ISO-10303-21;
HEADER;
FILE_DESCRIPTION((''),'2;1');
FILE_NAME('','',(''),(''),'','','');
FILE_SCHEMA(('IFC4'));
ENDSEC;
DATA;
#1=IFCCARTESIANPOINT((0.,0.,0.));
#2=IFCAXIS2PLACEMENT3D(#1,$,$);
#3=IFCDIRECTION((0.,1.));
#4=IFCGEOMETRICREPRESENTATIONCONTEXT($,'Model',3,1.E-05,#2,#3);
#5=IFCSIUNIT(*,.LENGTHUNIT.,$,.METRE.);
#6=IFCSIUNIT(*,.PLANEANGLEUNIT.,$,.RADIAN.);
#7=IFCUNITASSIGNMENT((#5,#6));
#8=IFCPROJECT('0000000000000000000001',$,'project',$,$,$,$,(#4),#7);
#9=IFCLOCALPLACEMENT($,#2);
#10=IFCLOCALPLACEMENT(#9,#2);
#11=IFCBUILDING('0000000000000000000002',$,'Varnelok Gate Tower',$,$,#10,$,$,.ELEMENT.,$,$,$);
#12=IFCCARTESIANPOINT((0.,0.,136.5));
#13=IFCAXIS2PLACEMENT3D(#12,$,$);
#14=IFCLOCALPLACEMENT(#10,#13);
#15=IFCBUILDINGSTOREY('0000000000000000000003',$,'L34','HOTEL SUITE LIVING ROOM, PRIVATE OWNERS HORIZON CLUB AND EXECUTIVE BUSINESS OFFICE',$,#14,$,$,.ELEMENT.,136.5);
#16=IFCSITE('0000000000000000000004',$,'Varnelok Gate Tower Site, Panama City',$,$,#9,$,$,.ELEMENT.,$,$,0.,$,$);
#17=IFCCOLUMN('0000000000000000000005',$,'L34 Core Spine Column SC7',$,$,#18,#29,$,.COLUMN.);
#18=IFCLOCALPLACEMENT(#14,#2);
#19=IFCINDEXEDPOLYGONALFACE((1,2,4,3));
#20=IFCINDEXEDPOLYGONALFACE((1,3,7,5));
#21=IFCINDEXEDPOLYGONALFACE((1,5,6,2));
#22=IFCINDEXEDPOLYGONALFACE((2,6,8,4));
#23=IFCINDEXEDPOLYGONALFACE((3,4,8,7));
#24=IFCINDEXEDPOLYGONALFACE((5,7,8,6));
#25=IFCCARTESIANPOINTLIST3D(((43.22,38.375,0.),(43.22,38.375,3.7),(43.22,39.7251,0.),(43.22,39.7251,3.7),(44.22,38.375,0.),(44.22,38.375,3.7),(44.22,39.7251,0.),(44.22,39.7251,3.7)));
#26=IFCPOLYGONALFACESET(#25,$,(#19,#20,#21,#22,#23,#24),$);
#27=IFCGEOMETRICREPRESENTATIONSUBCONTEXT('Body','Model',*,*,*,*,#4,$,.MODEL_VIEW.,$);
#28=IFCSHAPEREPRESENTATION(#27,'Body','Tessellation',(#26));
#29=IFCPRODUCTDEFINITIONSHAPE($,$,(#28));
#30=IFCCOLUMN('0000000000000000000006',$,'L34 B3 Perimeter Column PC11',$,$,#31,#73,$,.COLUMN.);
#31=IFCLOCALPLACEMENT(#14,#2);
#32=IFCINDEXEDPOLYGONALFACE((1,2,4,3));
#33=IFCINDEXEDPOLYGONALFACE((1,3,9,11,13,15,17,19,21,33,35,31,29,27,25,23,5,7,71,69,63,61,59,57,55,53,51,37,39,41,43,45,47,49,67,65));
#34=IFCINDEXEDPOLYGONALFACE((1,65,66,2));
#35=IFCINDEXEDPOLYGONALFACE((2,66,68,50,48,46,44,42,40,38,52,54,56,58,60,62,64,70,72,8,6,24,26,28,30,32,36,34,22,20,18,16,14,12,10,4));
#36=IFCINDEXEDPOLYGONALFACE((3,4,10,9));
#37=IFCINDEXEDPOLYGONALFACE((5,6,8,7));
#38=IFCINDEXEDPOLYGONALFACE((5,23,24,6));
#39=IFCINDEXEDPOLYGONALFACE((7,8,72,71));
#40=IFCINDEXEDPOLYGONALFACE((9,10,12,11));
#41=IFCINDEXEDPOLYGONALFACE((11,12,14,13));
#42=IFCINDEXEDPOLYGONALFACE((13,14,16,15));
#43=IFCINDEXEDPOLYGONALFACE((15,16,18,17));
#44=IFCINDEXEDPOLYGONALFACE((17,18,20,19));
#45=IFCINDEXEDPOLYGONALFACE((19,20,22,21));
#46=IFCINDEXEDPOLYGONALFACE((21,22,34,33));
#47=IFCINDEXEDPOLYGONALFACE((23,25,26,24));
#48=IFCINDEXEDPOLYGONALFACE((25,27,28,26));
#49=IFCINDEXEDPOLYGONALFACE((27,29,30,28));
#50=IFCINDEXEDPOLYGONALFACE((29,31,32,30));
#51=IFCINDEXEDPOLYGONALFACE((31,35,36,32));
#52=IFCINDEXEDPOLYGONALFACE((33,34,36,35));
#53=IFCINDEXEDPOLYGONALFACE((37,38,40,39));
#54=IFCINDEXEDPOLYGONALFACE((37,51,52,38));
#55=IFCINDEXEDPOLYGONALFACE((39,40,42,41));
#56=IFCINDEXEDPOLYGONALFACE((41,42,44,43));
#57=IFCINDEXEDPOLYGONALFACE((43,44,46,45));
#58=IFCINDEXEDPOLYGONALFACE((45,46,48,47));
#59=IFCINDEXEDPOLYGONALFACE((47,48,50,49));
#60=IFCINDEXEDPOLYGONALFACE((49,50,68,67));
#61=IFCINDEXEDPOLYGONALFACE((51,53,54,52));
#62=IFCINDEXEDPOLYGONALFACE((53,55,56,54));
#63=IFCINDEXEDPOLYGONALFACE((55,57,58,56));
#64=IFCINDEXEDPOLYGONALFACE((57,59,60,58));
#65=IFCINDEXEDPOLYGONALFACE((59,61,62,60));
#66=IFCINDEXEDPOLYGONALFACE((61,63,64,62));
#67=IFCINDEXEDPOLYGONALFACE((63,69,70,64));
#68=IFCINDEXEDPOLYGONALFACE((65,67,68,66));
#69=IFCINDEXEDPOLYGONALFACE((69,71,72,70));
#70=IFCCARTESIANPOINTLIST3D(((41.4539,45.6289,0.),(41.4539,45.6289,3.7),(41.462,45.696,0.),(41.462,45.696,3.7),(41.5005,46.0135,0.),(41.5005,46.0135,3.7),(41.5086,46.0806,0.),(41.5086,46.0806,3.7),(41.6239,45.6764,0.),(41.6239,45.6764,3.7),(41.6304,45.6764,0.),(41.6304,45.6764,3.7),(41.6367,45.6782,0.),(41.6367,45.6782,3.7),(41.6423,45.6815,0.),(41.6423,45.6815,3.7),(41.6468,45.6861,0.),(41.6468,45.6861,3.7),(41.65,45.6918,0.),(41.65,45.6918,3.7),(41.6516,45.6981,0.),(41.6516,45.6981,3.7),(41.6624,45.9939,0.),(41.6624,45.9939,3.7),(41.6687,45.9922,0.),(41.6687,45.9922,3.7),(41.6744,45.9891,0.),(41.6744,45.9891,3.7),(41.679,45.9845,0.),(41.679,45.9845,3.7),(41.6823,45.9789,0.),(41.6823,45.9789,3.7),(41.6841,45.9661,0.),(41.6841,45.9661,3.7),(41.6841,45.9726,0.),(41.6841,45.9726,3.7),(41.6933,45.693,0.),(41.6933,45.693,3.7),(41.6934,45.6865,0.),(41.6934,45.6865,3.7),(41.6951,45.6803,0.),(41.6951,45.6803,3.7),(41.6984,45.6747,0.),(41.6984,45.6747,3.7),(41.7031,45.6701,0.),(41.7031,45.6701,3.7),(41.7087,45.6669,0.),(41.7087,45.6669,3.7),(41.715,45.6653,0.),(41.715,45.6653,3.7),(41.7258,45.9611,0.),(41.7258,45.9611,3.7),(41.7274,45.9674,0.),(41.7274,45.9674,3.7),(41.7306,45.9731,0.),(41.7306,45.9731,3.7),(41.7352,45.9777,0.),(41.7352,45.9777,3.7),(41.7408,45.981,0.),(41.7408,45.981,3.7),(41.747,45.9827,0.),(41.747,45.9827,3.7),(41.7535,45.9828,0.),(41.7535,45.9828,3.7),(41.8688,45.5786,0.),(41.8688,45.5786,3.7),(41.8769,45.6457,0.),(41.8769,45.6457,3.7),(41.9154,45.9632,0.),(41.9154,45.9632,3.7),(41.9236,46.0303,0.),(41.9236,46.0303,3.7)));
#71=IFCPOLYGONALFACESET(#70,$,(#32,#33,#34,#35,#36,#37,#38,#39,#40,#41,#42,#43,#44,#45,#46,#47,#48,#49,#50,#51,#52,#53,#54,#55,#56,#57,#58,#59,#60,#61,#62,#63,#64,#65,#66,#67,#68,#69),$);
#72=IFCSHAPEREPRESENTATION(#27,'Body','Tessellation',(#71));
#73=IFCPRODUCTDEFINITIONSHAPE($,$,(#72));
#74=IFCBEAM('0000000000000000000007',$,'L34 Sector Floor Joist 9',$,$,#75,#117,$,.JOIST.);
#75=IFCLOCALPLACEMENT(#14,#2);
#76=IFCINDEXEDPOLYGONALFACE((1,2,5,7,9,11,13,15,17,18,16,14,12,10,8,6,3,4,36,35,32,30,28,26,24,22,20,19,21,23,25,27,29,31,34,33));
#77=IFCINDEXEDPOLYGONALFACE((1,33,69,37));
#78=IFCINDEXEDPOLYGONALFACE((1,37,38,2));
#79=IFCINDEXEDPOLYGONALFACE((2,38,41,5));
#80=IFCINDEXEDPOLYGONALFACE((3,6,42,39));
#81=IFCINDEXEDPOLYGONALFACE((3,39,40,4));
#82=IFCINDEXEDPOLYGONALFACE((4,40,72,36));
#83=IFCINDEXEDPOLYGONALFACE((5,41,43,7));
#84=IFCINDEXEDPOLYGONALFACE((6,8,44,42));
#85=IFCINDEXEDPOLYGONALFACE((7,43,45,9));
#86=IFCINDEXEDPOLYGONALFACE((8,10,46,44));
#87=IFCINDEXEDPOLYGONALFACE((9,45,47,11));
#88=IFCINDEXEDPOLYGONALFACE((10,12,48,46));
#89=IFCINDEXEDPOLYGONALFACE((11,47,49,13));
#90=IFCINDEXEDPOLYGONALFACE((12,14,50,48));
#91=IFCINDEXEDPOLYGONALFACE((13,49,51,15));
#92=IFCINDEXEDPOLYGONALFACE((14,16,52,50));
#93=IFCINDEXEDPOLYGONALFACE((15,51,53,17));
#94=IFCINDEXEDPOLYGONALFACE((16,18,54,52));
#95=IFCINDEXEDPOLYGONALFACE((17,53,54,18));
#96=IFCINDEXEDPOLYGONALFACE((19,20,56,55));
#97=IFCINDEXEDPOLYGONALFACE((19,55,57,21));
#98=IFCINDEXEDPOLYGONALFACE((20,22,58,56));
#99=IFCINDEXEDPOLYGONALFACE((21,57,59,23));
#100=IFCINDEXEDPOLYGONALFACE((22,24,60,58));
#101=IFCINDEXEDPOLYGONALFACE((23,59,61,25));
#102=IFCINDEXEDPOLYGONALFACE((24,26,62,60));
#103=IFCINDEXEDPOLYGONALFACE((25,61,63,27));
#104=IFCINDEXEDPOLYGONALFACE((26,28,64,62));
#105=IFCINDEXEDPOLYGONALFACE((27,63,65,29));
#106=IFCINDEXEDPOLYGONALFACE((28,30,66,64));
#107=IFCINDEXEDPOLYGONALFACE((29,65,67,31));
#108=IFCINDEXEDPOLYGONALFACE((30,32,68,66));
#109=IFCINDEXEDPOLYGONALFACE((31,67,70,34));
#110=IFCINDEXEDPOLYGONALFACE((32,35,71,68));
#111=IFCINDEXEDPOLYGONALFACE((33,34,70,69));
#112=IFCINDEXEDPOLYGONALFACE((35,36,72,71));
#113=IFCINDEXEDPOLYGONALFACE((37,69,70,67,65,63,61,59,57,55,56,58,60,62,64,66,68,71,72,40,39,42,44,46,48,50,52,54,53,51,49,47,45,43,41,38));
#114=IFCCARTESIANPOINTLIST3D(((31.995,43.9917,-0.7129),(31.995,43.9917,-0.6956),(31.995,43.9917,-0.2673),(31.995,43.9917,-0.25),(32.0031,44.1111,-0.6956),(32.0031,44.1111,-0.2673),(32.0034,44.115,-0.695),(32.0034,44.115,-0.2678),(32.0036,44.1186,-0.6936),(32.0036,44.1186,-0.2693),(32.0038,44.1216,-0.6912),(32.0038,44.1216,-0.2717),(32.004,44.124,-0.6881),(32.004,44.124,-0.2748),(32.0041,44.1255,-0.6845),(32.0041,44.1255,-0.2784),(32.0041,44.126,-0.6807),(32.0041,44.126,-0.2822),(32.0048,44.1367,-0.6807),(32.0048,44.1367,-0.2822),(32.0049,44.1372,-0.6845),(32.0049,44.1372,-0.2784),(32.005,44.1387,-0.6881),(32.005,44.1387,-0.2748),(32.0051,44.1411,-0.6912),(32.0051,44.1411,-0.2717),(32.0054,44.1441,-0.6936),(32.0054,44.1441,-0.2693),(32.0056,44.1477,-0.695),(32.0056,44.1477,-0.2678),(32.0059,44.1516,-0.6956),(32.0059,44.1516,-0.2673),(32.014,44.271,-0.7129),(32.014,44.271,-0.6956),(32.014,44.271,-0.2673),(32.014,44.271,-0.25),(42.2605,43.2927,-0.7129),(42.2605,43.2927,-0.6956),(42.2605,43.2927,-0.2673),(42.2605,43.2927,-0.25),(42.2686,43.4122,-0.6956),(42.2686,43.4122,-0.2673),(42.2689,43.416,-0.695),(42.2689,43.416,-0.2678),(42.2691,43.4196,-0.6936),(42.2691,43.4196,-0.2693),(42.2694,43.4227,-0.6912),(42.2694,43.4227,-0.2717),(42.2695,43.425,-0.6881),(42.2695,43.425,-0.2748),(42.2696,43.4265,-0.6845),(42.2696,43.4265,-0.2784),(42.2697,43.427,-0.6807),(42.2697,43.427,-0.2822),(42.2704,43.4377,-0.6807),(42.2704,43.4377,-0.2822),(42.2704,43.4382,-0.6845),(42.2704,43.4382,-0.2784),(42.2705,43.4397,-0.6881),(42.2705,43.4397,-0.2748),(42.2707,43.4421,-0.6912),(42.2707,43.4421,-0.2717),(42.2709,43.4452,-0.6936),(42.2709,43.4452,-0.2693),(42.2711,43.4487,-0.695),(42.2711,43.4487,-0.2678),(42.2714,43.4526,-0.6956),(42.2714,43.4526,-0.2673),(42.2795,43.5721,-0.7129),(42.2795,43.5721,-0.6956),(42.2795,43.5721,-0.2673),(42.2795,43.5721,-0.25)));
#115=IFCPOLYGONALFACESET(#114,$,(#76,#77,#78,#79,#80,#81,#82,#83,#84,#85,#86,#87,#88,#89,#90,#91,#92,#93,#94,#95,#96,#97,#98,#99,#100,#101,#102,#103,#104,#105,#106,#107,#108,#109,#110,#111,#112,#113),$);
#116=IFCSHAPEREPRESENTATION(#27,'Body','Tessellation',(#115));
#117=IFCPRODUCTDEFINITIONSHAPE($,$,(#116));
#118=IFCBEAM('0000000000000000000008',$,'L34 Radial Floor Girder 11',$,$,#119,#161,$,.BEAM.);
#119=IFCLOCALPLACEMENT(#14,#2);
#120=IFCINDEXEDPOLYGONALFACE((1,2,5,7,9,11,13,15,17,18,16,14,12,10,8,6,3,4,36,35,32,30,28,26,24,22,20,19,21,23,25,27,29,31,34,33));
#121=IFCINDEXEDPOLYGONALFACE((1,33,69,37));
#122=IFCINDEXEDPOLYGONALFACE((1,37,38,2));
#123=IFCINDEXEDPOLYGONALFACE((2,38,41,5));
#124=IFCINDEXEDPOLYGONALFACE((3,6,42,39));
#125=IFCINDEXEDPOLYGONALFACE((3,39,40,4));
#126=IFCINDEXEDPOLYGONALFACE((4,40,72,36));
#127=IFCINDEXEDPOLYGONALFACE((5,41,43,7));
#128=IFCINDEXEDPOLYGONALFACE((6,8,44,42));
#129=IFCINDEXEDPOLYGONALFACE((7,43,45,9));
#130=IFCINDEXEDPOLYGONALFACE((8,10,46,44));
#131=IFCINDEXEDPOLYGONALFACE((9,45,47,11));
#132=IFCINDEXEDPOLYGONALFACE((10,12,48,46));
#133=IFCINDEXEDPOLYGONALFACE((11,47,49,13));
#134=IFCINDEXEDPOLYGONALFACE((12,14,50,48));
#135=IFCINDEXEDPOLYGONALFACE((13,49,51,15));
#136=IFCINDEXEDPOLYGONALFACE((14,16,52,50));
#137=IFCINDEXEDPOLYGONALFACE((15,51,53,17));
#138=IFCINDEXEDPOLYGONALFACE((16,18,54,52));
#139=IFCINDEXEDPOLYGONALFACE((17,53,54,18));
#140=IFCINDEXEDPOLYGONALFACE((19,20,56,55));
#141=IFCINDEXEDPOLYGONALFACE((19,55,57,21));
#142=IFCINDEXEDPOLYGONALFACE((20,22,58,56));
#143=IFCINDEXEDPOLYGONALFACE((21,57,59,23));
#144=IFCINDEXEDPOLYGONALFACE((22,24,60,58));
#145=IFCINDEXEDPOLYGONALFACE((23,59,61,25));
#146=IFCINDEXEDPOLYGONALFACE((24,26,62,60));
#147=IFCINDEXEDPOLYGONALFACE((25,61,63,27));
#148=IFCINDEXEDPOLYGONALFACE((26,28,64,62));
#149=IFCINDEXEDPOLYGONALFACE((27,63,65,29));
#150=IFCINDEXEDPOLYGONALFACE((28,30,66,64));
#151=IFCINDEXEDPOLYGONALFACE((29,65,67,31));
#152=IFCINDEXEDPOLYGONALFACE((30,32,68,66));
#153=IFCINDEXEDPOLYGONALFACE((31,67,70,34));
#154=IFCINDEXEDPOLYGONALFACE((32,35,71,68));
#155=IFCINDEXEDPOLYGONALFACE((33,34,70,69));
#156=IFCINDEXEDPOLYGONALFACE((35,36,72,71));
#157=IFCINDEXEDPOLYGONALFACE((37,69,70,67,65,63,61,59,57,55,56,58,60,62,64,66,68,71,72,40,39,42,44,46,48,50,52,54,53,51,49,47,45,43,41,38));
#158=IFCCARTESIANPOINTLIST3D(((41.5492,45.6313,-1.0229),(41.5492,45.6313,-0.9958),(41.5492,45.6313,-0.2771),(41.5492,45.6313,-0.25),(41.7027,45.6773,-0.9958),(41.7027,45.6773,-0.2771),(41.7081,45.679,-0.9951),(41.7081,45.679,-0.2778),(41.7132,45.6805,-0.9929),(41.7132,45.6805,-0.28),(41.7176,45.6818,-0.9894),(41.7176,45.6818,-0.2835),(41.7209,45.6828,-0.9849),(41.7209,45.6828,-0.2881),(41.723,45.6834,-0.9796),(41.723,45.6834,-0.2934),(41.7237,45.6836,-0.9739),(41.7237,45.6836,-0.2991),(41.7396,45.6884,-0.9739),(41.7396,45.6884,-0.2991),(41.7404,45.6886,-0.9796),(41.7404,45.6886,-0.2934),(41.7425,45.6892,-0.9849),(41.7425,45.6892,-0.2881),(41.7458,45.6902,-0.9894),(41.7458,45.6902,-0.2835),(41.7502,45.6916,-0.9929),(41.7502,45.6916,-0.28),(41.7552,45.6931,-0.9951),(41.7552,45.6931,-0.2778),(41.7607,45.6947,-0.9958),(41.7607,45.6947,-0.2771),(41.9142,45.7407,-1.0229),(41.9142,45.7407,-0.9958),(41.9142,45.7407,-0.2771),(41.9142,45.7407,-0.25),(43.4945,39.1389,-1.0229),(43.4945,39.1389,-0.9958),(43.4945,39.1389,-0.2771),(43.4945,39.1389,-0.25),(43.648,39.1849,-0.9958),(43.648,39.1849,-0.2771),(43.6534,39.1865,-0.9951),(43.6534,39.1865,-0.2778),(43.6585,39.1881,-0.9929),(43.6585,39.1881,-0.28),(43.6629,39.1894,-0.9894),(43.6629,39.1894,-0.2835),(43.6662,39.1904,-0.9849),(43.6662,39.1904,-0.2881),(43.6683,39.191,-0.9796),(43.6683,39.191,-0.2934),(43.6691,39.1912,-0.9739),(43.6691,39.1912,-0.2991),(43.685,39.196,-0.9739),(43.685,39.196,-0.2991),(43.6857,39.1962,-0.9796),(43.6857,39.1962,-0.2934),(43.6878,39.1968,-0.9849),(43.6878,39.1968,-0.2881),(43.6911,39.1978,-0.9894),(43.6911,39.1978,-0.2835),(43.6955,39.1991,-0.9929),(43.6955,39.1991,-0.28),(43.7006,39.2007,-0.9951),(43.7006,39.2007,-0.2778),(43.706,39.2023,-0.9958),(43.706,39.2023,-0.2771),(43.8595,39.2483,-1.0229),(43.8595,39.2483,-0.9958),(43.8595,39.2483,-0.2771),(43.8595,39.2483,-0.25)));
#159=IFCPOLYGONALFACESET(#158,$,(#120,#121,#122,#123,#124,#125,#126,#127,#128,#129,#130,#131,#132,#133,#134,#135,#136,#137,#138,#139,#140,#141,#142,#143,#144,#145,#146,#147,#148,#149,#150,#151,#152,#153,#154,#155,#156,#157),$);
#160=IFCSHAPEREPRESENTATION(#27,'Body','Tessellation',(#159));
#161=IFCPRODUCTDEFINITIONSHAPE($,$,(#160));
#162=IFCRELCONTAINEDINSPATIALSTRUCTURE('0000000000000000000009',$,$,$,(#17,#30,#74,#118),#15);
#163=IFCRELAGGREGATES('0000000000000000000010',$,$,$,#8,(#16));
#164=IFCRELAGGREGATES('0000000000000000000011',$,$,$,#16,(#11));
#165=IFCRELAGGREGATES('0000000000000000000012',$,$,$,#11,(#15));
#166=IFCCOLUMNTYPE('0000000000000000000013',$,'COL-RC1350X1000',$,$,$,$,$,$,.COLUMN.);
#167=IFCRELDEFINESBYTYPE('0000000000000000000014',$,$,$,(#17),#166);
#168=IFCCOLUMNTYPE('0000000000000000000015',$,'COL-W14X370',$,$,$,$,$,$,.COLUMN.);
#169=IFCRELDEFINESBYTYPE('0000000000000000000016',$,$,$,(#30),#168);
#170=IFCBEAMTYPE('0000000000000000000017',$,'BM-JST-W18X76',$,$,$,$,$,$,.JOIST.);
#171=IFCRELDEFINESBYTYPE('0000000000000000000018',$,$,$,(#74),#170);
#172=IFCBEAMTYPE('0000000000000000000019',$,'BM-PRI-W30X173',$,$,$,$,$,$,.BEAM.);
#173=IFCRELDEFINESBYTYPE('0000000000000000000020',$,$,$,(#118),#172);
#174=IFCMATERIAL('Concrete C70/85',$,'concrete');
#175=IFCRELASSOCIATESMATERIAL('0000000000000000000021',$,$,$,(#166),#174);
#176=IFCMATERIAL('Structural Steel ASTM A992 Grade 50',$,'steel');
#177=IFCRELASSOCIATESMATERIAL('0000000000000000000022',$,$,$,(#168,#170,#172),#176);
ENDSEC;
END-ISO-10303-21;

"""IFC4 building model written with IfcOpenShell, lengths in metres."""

from ifc_helpers import new_model, si_unit, direction, frame, origin, origin_2d, place, context, subcontext, project, spatial, rectangle, i_section, extrude, material, material_profile, profile_set, type_object, element, save


model = new_model("IFC4")

# Units and contexts
model_context = context("Model", 3, precision=1e-05, world=origin(), true_north=direction((0.0, 1.0)))
body_context = subcontext(model_context, "Body", "Model", "MODEL_VIEW")
ifc_project = project(units=[si_unit("LENGTHUNIT", "METRE"), si_unit("PLANEANGLEUNIT", "RADIAN")], contexts=[model_context])

# Site, building, storey
site_placement = place(None, origin())
site = spatial("IfcSite", under=ifc_project, at=site_placement, Name="Varnelok Gate Tower Site, Panama City", CompositionType="ELEMENT", RefElevation=0.0)
building_placement = place(site_placement, origin())
building = spatial("IfcBuilding", under=site, at=building_placement, Name="Varnelok Gate Tower", CompositionType="ELEMENT")
storey_placement = place(building_placement, frame((0.0, 0.0, 136.5)))
storey = spatial("IfcBuildingStorey", under=building, at=storey_placement, Name="L34", Description="HOTEL SUITE LIVING ROOM, PRIVATE OWNERS HORIZON CLUB AND EXECUTIVE BUSINESS OFFICE", CompositionType="ELEMENT", Elevation=136.5)

# Columns
ifc_material_1 = material(Name="Concrete C70/85", Category="concrete")
ifc_material_profile_1 = material_profile(ifc_material_1, rectangle(XDim=1.0, YDim=1.3501, at=origin_2d()), Name="RC1350X1000")
ifc_profile_set_1 = profile_set([ifc_material_profile_1], Name="Concrete C70/85")
column_type_1 = type_object("IfcColumnType", Name="COL-RC1350X1000", PredefinedType="COLUMN", material=ifc_profile_set_1)
column_1_placement = place(storey_placement, frame((43.72, 39.05, 0.0), z_axis=(0.0, 0.0, 1.0), x_axis=(1.0, 0.0, 0.0)))
element("IfcColumn", 1, at=column_1_placement, inside=storey, type_object=column_type_1, Name="L34 Core Spine Column SC7", PredefinedType="COLUMN", context=body_context, shape_type="SweptSolid", body=[
    extrude(rectangle(XDim=1.0, YDim=1.3501, at=origin_2d()), origin(), (0.0, 0.0, 1.0), 3.7),
])
ifc_material_2 = material(Name="Structural Steel ASTM A992 Grade 50", Category="steel")
ifc_material_profile_2 = material_profile(ifc_material_2, i_section(OverallWidth=0.418, OverallDepth=0.4551, WebThickness=0.042, FlangeThickness=0.0676, FilletRadius=0.0249, at=origin_2d()), Name="W14X370")
ifc_profile_set_2 = profile_set([ifc_material_profile_2], Name="Structural Steel ASTM A992 Grade 50")
column_type_2 = type_object("IfcColumnType", Name="COL-W14X370", PredefinedType="COLUMN", material=ifc_profile_set_2)
column_2_placement = place(storey_placement, frame((41.6887, 45.8296, 0.0), z_axis=(0.0, 0.0, 1.0), x_axis=(0.992732, -0.120345, 0.0)))
element("IfcColumn", 2, at=column_2_placement, inside=storey, type_object=column_type_2, Name="L34 B3 Perimeter Column PC11", PredefinedType="COLUMN", context=body_context, shape_type="SweptSolid", body=[
    extrude(i_section(OverallWidth=0.418, OverallDepth=0.4551, WebThickness=0.042, FlangeThickness=0.0676, FilletRadius=0.0249, at=origin_2d()), origin(), (0.0, 0.0, 1.0), 3.7),
])

# Beams
ifc_material_profile_3 = material_profile(ifc_material_2, i_section(OverallWidth=0.28, OverallDepth=0.4629, WebThickness=0.0107, FlangeThickness=0.0173, FilletRadius=0.0149, at=origin_2d()), Name="W18X76")
ifc_profile_set_3 = profile_set([ifc_material_profile_3], Name="Structural Steel ASTM A992 Grade 50")
beam_type_1 = type_object("IfcBeamType", Name="BM-JST-W18X76", PredefinedType="JOIST", material=ifc_profile_set_3)
beam_1_placement = place(storey_placement, frame((42.27, 43.4324, -0.4814), z_axis=(-0.99769, 0.067932, 0.0), x_axis=(-0.067932, -0.99769, 0.0)))
element("IfcBeam", 3, at=beam_1_placement, inside=storey, type_object=beam_type_1, Name="L34 Sector Floor Joist 9", PredefinedType="JOIST", context=body_context, shape_type="SweptSolid", body=[
    extrude(i_section(OverallWidth=0.28, OverallDepth=0.4629, WebThickness=0.0107, FlangeThickness=0.0173, FilletRadius=0.0149, at=origin_2d()), origin(), (0.0, 0.0, 1.0), 10.2893),
])
ifc_material_profile_4 = material_profile(ifc_material_2, i_section(OverallWidth=0.3811, OverallDepth=0.7729, WebThickness=0.0166, FlangeThickness=0.0271, FilletRadius=0.022, at=origin_2d()), Name="W30X173")
ifc_profile_set_4 = profile_set([ifc_material_profile_4], Name="Structural Steel ASTM A992 Grade 50")
beam_type_2 = type_object("IfcBeamType", Name="BM-PRI-W30X173", PredefinedType="BEAM", material=ifc_profile_set_4)
beam_2_placement = place(storey_placement, frame((43.677, 39.1936, -0.6365), z_axis=(-0.287021, 0.957924, 0.0), x_axis=(-0.957924, -0.287021, 0.0)))
element("IfcBeam", 4, at=beam_2_placement, inside=storey, type_object=beam_type_2, Name="L34 Radial Floor Girder 11", PredefinedType="BEAM", context=body_context, shape_type="SweptSolid", body=[
    extrude(i_section(OverallWidth=0.3811, OverallDepth=0.7729, WebThickness=0.0166, FlangeThickness=0.0271, FilletRadius=0.022, at=origin_2d()), origin(), (0.0, 0.0, 1.0), 6.7776),
])

save(model, "model.ifc")
